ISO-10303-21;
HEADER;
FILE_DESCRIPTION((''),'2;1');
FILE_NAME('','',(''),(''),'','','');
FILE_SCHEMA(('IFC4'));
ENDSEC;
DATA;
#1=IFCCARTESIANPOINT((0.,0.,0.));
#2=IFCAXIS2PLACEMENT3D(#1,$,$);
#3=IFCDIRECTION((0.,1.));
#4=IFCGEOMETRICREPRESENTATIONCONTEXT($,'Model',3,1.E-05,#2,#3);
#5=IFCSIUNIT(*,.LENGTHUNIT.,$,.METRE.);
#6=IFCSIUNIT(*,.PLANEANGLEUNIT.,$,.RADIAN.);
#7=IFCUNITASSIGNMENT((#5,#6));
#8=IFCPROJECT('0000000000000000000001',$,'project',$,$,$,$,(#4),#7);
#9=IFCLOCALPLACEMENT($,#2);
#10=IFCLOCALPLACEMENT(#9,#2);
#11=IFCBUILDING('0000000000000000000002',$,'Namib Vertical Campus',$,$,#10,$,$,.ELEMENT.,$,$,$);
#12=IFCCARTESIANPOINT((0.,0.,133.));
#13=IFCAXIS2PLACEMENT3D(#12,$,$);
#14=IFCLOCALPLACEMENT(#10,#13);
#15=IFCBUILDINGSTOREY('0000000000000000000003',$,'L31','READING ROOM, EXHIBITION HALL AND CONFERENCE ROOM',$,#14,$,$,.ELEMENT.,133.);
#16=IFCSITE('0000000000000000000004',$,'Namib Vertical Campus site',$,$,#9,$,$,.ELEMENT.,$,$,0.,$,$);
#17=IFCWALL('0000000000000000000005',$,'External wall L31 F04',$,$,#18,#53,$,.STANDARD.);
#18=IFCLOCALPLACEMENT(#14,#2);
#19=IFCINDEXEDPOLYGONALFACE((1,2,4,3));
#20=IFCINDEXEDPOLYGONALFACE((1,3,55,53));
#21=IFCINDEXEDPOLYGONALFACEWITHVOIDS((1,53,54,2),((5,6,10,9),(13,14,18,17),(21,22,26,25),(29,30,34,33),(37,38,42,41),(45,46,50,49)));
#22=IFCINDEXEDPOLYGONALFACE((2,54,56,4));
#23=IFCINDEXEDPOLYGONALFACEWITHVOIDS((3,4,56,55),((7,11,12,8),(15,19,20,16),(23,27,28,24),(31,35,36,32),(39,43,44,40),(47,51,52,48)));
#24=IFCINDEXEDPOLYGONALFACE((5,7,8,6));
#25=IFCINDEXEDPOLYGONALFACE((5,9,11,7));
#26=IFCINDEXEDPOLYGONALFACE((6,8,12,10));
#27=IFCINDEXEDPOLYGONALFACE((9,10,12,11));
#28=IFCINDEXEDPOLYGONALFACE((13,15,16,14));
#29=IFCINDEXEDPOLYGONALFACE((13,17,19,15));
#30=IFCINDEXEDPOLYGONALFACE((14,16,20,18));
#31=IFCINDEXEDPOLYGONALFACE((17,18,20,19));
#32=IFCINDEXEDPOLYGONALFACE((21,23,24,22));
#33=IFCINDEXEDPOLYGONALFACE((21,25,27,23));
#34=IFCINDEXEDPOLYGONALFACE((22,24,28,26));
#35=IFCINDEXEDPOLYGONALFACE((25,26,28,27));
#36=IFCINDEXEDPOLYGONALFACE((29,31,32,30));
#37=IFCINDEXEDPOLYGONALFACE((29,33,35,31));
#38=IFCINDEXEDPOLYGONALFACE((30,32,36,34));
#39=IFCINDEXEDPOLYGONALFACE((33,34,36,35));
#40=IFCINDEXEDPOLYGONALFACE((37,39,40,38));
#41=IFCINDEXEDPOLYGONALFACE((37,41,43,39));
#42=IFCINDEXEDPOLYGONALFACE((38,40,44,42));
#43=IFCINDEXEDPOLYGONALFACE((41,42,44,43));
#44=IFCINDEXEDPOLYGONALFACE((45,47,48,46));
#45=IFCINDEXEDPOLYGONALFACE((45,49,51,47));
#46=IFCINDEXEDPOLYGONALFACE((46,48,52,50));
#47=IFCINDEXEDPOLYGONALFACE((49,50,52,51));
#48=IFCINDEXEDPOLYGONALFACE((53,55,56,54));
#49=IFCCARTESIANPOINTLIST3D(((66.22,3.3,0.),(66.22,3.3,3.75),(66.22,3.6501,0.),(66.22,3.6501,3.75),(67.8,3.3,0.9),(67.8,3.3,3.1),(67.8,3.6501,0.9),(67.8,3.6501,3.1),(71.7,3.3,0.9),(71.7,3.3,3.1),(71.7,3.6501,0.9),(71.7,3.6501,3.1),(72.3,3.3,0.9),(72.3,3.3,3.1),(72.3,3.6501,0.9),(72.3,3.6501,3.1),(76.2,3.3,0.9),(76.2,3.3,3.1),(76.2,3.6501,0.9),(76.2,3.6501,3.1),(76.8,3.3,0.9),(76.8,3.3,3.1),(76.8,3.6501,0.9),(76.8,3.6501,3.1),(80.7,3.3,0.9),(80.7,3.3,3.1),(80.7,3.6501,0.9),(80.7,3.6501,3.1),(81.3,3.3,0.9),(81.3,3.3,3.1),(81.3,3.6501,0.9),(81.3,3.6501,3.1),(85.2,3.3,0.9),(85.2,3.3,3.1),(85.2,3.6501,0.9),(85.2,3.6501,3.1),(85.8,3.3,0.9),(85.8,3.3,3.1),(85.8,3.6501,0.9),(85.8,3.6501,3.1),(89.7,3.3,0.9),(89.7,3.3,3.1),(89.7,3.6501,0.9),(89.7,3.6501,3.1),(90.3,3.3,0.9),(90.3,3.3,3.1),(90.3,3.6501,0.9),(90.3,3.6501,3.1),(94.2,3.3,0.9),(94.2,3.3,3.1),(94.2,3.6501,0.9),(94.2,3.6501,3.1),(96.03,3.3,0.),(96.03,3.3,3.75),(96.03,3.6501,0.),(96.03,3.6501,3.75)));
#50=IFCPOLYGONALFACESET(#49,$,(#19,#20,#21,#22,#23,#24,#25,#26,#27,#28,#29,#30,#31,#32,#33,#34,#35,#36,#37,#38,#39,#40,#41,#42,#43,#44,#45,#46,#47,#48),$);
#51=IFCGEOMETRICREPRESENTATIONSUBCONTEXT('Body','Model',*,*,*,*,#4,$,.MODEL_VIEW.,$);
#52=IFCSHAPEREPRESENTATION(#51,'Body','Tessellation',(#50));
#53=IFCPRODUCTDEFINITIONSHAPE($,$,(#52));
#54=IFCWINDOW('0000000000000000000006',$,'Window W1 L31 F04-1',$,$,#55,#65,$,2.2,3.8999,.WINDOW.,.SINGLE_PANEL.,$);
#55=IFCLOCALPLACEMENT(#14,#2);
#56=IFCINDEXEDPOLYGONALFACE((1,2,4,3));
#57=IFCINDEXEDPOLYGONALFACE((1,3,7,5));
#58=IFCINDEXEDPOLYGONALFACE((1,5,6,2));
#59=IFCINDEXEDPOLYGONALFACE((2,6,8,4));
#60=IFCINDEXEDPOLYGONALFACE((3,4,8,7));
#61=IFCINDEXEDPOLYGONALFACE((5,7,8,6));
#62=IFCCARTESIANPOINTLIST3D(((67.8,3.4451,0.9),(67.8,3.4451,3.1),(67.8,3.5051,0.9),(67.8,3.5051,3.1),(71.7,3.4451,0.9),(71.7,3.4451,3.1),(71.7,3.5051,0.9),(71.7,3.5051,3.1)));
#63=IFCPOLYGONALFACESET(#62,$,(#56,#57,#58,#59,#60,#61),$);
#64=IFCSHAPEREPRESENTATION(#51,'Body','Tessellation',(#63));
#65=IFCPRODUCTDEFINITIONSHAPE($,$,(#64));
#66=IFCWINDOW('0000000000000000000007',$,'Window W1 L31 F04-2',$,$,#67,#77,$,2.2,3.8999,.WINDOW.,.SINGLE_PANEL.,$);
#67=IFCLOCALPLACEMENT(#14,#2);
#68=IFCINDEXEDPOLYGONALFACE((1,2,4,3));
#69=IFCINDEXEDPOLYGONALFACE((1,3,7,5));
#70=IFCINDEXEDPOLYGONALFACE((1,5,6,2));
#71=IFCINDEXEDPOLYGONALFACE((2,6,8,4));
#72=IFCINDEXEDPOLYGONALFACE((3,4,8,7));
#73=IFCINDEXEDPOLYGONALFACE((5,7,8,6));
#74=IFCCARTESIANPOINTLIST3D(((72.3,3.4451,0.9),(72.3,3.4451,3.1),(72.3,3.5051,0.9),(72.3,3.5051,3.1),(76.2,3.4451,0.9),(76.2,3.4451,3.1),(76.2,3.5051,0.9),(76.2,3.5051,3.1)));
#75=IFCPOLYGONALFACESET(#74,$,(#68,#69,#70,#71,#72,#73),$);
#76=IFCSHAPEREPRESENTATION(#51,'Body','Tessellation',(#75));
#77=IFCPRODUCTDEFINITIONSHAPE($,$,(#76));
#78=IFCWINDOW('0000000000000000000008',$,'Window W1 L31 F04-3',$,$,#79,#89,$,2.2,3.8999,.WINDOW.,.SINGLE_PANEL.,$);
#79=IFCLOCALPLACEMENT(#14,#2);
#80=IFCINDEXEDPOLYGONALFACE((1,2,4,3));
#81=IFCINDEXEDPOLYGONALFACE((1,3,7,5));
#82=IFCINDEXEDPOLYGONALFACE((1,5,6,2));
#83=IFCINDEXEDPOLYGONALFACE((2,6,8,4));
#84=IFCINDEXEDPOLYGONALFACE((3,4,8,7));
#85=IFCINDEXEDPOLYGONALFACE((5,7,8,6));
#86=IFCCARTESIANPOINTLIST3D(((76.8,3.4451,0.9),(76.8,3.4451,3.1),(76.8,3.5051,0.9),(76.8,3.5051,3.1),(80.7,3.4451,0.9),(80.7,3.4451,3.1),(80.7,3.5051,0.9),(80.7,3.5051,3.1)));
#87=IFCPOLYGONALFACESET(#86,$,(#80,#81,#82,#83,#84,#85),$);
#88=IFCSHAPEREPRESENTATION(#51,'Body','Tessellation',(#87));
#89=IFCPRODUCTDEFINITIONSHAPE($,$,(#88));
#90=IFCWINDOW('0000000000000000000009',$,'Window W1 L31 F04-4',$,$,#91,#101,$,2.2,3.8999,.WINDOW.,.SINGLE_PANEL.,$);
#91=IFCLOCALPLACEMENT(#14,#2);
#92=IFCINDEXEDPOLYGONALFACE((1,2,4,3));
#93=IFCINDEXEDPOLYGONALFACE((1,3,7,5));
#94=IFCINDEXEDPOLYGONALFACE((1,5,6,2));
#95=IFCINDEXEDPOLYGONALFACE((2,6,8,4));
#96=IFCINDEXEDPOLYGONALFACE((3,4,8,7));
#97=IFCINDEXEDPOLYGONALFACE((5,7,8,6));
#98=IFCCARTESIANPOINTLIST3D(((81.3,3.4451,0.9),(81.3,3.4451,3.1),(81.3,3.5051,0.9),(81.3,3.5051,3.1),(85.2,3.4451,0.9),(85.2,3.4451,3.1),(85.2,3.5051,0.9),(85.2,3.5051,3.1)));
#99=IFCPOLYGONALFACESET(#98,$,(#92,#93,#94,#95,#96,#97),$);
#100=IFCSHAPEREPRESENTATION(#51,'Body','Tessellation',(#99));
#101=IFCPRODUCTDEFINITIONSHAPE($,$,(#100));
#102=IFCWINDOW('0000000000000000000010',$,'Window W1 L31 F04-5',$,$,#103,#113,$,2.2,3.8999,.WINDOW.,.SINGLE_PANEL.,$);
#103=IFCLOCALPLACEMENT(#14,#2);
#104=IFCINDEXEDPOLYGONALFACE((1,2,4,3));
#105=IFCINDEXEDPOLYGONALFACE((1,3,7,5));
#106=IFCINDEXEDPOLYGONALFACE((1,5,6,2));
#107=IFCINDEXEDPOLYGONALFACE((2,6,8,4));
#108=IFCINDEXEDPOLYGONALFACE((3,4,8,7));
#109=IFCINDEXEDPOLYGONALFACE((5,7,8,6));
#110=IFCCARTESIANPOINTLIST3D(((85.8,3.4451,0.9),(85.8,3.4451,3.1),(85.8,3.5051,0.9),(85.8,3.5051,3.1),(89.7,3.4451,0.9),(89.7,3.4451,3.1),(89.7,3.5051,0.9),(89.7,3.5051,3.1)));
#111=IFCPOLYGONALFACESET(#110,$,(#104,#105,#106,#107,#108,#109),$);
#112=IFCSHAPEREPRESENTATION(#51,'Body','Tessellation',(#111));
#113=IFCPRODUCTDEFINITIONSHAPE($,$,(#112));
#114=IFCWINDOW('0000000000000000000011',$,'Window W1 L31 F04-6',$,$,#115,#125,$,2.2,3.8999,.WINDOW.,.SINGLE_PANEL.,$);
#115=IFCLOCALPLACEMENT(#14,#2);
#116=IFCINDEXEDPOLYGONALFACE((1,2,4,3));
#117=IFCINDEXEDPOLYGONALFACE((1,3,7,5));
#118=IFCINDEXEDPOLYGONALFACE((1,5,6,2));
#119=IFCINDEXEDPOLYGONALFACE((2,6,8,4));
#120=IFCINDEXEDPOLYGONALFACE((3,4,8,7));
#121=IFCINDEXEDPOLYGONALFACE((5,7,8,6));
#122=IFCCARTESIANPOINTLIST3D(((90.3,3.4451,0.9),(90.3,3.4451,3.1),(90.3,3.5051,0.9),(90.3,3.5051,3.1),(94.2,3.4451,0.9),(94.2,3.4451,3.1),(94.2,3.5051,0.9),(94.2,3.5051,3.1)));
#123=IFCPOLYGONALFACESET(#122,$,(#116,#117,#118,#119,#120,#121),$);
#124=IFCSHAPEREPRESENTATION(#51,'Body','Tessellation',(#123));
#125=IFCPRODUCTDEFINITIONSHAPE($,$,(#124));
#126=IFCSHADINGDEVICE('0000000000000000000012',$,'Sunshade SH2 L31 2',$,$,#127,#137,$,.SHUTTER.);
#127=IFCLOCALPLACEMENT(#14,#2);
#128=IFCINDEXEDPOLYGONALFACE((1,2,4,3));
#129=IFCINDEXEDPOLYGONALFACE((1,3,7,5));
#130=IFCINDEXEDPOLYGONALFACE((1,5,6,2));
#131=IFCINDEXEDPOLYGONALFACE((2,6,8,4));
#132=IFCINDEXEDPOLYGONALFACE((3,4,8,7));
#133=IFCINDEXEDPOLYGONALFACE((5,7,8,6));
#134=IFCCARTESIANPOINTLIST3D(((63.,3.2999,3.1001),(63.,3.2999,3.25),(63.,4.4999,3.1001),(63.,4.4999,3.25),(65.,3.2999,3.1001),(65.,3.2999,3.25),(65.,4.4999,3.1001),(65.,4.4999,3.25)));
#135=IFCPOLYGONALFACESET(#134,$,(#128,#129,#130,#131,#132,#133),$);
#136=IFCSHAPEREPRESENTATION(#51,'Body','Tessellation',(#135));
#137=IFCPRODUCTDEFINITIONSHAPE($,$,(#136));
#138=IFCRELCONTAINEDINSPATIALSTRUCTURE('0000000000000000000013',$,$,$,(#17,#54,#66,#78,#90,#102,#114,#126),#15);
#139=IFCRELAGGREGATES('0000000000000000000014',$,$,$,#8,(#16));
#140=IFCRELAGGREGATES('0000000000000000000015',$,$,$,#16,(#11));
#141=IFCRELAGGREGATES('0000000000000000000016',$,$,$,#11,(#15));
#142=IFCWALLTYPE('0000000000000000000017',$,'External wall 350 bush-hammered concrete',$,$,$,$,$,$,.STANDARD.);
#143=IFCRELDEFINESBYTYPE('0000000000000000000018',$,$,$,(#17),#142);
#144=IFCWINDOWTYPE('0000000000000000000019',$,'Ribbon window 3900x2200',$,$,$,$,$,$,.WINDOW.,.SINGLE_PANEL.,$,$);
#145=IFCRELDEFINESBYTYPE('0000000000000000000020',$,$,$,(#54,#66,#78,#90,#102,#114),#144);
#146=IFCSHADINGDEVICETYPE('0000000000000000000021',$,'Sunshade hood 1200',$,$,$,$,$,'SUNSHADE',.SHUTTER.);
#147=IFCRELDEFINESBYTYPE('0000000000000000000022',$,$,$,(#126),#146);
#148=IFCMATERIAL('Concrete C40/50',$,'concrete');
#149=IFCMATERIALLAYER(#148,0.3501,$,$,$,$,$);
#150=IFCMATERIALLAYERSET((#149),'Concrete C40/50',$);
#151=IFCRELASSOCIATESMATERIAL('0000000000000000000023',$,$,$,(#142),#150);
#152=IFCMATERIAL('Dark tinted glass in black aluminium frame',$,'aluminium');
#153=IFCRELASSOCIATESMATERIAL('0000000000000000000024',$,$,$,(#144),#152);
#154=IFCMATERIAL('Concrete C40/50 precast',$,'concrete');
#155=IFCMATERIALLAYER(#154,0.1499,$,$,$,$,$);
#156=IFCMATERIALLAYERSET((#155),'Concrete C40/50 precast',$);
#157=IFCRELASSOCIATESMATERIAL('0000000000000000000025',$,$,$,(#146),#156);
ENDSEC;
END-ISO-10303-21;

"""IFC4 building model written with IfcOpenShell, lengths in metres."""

from ifc_helpers import new_model, si_unit, direction, frame, frame_2d, origin, origin_2d, place, context, subcontext, project, spatial, rectangle, extrude, material, layer, layer_set, type_object, element, fill, save


model = new_model("IFC4")

# Units and contexts
model_context = context("Model", 3, precision=1e-05, world=origin(), true_north=direction((0.0, 1.0)))
body_context = subcontext(model_context, "Body", "Model", "MODEL_VIEW")
ifc_project = project(units=[si_unit("LENGTHUNIT", "METRE"), si_unit("PLANEANGLEUNIT", "RADIAN")], contexts=[model_context])

# Site, building, storey
site_placement = place(None, origin())
site = spatial("IfcSite", under=ifc_project, at=site_placement, Name="Namib Vertical Campus site", CompositionType="ELEMENT", RefElevation=0.0)
building_placement = place(site_placement, origin())
building = spatial("IfcBuilding", under=site, at=building_placement, Name="Namib Vertical Campus", CompositionType="ELEMENT")
storey_placement = place(building_placement, frame((0.0, 0.0, 133.0)))
storey = spatial("IfcBuildingStorey", under=building, at=storey_placement, Name="L31", Description="READING ROOM, EXHIBITION HALL AND CONFERENCE ROOM", CompositionType="ELEMENT", Elevation=133.0)

# Shared definitions
ifc_material_1 = material(Name="Concrete C40/50", Category="concrete")
ifc_layer_1 = layer(ifc_material_1, 0.3501)
ifc_layer_set_1 = layer_set([ifc_layer_1], Name="Concrete C40/50")
wall_type_1 = type_object("IfcWallType", Name="External wall 350 bush-hammered concrete", PredefinedType="STANDARD", material=ifc_layer_set_1)

# Wall, openings, windows
wall_1_placement = place(storey_placement, frame((66.22, 3.4751, 0.0), z_axis=(0.0, 0.0, 1.0), x_axis=(1.0, 0.0, 0.0)))
wall_1 = element("IfcWall", 1, at=wall_1_placement, inside=storey, type_object=wall_type_1, Name="External wall L31 F04", PredefinedType="STANDARD", context=body_context, shape_type="SweptSolid", body=[
    extrude(rectangle(XDim=29.8101, YDim=0.3501, at=frame_2d((14.905, 0.0))), origin(), (0.0, 0.0, 1.0), 3.75),
])
opening_1_placement = place(wall_1_placement, frame((1.5801, 0.0, 0.8999)))
opening_1 = element("IfcOpeningElement", 2, at=opening_1_placement, cuts=wall_1, PredefinedType="OPENING", context=body_context, shape_type="SweptSolid", body=[
    extrude(rectangle(XDim=3.8999, YDim=2.2, at=frame_2d((1.95, 1.1001))), frame((0.0, 0.1851, 0.0), z_axis=(0.0, -1.0, 0.0), x_axis=(1.0, 0.0, 0.0)), (0.0, 0.0, 1.0), 0.3701),
])
opening_2_placement = place(wall_1_placement, frame((6.0801, 0.0, 0.8999)))
opening_2 = element("IfcOpeningElement", 3, at=opening_2_placement, cuts=wall_1, PredefinedType="OPENING", context=body_context, shape_type="SweptSolid", body=[
    extrude(rectangle(XDim=3.8999, YDim=2.2, at=frame_2d((1.95, 1.1001))), frame((0.0, 0.1851, 0.0), z_axis=(0.0, -1.0, 0.0), x_axis=(1.0, 0.0, 0.0)), (0.0, 0.0, 1.0), 0.3701),
])
opening_3_placement = place(wall_1_placement, frame((10.5801, 0.0, 0.8999)))
opening_3 = element("IfcOpeningElement", 4, at=opening_3_placement, cuts=wall_1, PredefinedType="OPENING", context=body_context, shape_type="SweptSolid", body=[
    extrude(rectangle(XDim=3.8999, YDim=2.2, at=frame_2d((1.95, 1.1001))), frame((0.0, 0.1851, 0.0), z_axis=(0.0, -1.0, 0.0), x_axis=(1.0, 0.0, 0.0)), (0.0, 0.0, 1.0), 0.3701),
])
opening_4_placement = place(wall_1_placement, frame((15.0801, 0.0, 0.8999)))
opening_4 = element("IfcOpeningElement", 5, at=opening_4_placement, cuts=wall_1, PredefinedType="OPENING", context=body_context, shape_type="SweptSolid", body=[
    extrude(rectangle(XDim=3.8999, YDim=2.2, at=frame_2d((1.95, 1.1001))), frame((0.0, 0.1851, 0.0), z_axis=(0.0, -1.0, 0.0), x_axis=(1.0, 0.0, 0.0)), (0.0, 0.0, 1.0), 0.3701),
])
opening_5_placement = place(wall_1_placement, frame((19.5801, 0.0, 0.8999)))
opening_5 = element("IfcOpeningElement", 6, at=opening_5_placement, cuts=wall_1, PredefinedType="OPENING", context=body_context, shape_type="SweptSolid", body=[
    extrude(rectangle(XDim=3.8999, YDim=2.2, at=frame_2d((1.95, 1.1001))), frame((0.0, 0.1851, 0.0), z_axis=(0.0, -1.0, 0.0), x_axis=(1.0, 0.0, 0.0)), (0.0, 0.0, 1.0), 0.3701),
])
opening_6_placement = place(wall_1_placement, frame((24.0801, 0.0, 0.8999)))
opening_6 = element("IfcOpeningElement", 7, at=opening_6_placement, cuts=wall_1, PredefinedType="OPENING", context=body_context, shape_type="SweptSolid", body=[
    extrude(rectangle(XDim=3.8999, YDim=2.2, at=frame_2d((1.95, 1.1001))), frame((0.0, 0.1851, 0.0), z_axis=(0.0, -1.0, 0.0), x_axis=(1.0, 0.0, 0.0)), (0.0, 0.0, 1.0), 0.3701),
])
ifc_material_2 = material(Name="Dark tinted glass in black aluminium frame", Category="aluminium")
window_type = type_object("IfcWindowType", Name="Ribbon window 3900x2200", PartitioningType="SINGLE_PANEL", PredefinedType="WINDOW", material=ifc_material_2)
window_1_placement = place(opening_1_placement, origin())
window_1 = element("IfcWindow", 8, at=window_1_placement, inside=storey, type_object=window_type, Name="Window W1 L31 F04-1", OverallHeight=2.2, OverallWidth=3.8999, PartitioningType="SINGLE_PANEL", PredefinedType="WINDOW", context=body_context, shape_type="SweptSolid", body=[
    extrude(rectangle(XDim=3.8999, YDim=2.2, at=frame_2d((1.95, 1.1001))), frame((0.0, 0.03, 0.0), z_axis=(0.0, -1.0, 0.0), x_axis=(1.0, 0.0, 0.0)), (0.0, 0.0, 1.0), 0.0601),
])
fill(opening_1, window_1)
window_2_placement = place(opening_2_placement, origin())
window_2 = element("IfcWindow", 9, at=window_2_placement, inside=storey, type_object=window_type, Name="Window W1 L31 F04-2", OverallHeight=2.2, OverallWidth=3.8999, PartitioningType="SINGLE_PANEL", PredefinedType="WINDOW", context=body_context, shape_type="SweptSolid", body=[
    extrude(rectangle(XDim=3.8999, YDim=2.2, at=frame_2d((1.95, 1.1001))), frame((0.0, 0.03, 0.0), z_axis=(0.0, -1.0, 0.0), x_axis=(1.0, 0.0, 0.0)), (0.0, 0.0, 1.0), 0.0601),
])
fill(opening_2, window_2)
window_3_placement = place(opening_3_placement, origin())
window_3 = element("IfcWindow", 10, at=window_3_placement, inside=storey, type_object=window_type, Name="Window W1 L31 F04-3", OverallHeight=2.2, OverallWidth=3.8999, PartitioningType="SINGLE_PANEL", PredefinedType="WINDOW", context=body_context, shape_type="SweptSolid", body=[
    extrude(rectangle(XDim=3.8999, YDim=2.2, at=frame_2d((1.95, 1.1001))), frame((0.0, 0.03, 0.0), z_axis=(0.0, -1.0, 0.0), x_axis=(1.0, 0.0, 0.0)), (0.0, 0.0, 1.0), 0.0601),
])
fill(opening_3, window_3)
window_4_placement = place(opening_4_placement, origin())
window_4 = element("IfcWindow", 11, at=window_4_placement, inside=storey, type_object=window_type, Name="Window W1 L31 F04-4", OverallHeight=2.2, OverallWidth=3.8999, PartitioningType="SINGLE_PANEL", PredefinedType="WINDOW", context=body_context, shape_type="SweptSolid", body=[
    extrude(rectangle(XDim=3.8999, YDim=2.2, at=frame_2d((1.95, 1.1001))), frame((0.0, 0.03, 0.0), z_axis=(0.0, -1.0, 0.0), x_axis=(1.0, 0.0, 0.0)), (0.0, 0.0, 1.0), 0.0601),
])
fill(opening_4, window_4)
window_5_placement = place(opening_5_placement, origin())
window_5 = element("IfcWindow", 12, at=window_5_placement, inside=storey, type_object=window_type, Name="Window W1 L31 F04-5", OverallHeight=2.2, OverallWidth=3.8999, PartitioningType="SINGLE_PANEL", PredefinedType="WINDOW", context=body_context, shape_type="SweptSolid", body=[
    extrude(rectangle(XDim=3.8999, YDim=2.2, at=frame_2d((1.95, 1.1001))), frame((0.0, 0.03, 0.0), z_axis=(0.0, -1.0, 0.0), x_axis=(1.0, 0.0, 0.0)), (0.0, 0.0, 1.0), 0.0601),
])
fill(opening_5, window_5)
window_6_placement = place(opening_6_placement, origin())
window_6 = element("IfcWindow", 13, at=window_6_placement, inside=storey, type_object=window_type, Name="Window W1 L31 F04-6", OverallHeight=2.2, OverallWidth=3.8999, PartitioningType="SINGLE_PANEL", PredefinedType="WINDOW", context=body_context, shape_type="SweptSolid", body=[
    extrude(rectangle(XDim=3.8999, YDim=2.2, at=frame_2d((1.95, 1.1001))), frame((0.0, 0.03, 0.0), z_axis=(0.0, -1.0, 0.0), x_axis=(1.0, 0.0, 0.0)), (0.0, 0.0, 1.0), 0.0601),
])
fill(opening_6, window_6)

# Shading device
ifc_material_3 = material(Name="Concrete C40/50 precast", Category="concrete")
ifc_layer_2 = layer(ifc_material_3, 0.1499)
ifc_layer_set_2 = layer_set([ifc_layer_2], Name="Concrete C40/50 precast")
shading_device_type = type_object("IfcShadingDeviceType", Name="Sunshade hood 1200", ElementType="SUNSHADE", PredefinedType="SHUTTER", material=ifc_layer_set_2)
shading_device_placement = place(storey_placement, frame((64.0, 3.8999, 3.1001), z_axis=(0.0, 0.0, 1.0), x_axis=(1.0, 0.0, 0.0)))
element("IfcShadingDevice", 14, at=shading_device_placement, inside=storey, type_object=shading_device_type, Name="Sunshade SH2 L31 2", PredefinedType="SHUTTER", context=body_context, shape_type="SweptSolid", body=[
    extrude(rectangle(XDim=2.0, YDim=1.2, at=origin_2d()), origin(), (0.0, 0.0, 1.0), 0.1499),
])

save(model, "model.ifc")
